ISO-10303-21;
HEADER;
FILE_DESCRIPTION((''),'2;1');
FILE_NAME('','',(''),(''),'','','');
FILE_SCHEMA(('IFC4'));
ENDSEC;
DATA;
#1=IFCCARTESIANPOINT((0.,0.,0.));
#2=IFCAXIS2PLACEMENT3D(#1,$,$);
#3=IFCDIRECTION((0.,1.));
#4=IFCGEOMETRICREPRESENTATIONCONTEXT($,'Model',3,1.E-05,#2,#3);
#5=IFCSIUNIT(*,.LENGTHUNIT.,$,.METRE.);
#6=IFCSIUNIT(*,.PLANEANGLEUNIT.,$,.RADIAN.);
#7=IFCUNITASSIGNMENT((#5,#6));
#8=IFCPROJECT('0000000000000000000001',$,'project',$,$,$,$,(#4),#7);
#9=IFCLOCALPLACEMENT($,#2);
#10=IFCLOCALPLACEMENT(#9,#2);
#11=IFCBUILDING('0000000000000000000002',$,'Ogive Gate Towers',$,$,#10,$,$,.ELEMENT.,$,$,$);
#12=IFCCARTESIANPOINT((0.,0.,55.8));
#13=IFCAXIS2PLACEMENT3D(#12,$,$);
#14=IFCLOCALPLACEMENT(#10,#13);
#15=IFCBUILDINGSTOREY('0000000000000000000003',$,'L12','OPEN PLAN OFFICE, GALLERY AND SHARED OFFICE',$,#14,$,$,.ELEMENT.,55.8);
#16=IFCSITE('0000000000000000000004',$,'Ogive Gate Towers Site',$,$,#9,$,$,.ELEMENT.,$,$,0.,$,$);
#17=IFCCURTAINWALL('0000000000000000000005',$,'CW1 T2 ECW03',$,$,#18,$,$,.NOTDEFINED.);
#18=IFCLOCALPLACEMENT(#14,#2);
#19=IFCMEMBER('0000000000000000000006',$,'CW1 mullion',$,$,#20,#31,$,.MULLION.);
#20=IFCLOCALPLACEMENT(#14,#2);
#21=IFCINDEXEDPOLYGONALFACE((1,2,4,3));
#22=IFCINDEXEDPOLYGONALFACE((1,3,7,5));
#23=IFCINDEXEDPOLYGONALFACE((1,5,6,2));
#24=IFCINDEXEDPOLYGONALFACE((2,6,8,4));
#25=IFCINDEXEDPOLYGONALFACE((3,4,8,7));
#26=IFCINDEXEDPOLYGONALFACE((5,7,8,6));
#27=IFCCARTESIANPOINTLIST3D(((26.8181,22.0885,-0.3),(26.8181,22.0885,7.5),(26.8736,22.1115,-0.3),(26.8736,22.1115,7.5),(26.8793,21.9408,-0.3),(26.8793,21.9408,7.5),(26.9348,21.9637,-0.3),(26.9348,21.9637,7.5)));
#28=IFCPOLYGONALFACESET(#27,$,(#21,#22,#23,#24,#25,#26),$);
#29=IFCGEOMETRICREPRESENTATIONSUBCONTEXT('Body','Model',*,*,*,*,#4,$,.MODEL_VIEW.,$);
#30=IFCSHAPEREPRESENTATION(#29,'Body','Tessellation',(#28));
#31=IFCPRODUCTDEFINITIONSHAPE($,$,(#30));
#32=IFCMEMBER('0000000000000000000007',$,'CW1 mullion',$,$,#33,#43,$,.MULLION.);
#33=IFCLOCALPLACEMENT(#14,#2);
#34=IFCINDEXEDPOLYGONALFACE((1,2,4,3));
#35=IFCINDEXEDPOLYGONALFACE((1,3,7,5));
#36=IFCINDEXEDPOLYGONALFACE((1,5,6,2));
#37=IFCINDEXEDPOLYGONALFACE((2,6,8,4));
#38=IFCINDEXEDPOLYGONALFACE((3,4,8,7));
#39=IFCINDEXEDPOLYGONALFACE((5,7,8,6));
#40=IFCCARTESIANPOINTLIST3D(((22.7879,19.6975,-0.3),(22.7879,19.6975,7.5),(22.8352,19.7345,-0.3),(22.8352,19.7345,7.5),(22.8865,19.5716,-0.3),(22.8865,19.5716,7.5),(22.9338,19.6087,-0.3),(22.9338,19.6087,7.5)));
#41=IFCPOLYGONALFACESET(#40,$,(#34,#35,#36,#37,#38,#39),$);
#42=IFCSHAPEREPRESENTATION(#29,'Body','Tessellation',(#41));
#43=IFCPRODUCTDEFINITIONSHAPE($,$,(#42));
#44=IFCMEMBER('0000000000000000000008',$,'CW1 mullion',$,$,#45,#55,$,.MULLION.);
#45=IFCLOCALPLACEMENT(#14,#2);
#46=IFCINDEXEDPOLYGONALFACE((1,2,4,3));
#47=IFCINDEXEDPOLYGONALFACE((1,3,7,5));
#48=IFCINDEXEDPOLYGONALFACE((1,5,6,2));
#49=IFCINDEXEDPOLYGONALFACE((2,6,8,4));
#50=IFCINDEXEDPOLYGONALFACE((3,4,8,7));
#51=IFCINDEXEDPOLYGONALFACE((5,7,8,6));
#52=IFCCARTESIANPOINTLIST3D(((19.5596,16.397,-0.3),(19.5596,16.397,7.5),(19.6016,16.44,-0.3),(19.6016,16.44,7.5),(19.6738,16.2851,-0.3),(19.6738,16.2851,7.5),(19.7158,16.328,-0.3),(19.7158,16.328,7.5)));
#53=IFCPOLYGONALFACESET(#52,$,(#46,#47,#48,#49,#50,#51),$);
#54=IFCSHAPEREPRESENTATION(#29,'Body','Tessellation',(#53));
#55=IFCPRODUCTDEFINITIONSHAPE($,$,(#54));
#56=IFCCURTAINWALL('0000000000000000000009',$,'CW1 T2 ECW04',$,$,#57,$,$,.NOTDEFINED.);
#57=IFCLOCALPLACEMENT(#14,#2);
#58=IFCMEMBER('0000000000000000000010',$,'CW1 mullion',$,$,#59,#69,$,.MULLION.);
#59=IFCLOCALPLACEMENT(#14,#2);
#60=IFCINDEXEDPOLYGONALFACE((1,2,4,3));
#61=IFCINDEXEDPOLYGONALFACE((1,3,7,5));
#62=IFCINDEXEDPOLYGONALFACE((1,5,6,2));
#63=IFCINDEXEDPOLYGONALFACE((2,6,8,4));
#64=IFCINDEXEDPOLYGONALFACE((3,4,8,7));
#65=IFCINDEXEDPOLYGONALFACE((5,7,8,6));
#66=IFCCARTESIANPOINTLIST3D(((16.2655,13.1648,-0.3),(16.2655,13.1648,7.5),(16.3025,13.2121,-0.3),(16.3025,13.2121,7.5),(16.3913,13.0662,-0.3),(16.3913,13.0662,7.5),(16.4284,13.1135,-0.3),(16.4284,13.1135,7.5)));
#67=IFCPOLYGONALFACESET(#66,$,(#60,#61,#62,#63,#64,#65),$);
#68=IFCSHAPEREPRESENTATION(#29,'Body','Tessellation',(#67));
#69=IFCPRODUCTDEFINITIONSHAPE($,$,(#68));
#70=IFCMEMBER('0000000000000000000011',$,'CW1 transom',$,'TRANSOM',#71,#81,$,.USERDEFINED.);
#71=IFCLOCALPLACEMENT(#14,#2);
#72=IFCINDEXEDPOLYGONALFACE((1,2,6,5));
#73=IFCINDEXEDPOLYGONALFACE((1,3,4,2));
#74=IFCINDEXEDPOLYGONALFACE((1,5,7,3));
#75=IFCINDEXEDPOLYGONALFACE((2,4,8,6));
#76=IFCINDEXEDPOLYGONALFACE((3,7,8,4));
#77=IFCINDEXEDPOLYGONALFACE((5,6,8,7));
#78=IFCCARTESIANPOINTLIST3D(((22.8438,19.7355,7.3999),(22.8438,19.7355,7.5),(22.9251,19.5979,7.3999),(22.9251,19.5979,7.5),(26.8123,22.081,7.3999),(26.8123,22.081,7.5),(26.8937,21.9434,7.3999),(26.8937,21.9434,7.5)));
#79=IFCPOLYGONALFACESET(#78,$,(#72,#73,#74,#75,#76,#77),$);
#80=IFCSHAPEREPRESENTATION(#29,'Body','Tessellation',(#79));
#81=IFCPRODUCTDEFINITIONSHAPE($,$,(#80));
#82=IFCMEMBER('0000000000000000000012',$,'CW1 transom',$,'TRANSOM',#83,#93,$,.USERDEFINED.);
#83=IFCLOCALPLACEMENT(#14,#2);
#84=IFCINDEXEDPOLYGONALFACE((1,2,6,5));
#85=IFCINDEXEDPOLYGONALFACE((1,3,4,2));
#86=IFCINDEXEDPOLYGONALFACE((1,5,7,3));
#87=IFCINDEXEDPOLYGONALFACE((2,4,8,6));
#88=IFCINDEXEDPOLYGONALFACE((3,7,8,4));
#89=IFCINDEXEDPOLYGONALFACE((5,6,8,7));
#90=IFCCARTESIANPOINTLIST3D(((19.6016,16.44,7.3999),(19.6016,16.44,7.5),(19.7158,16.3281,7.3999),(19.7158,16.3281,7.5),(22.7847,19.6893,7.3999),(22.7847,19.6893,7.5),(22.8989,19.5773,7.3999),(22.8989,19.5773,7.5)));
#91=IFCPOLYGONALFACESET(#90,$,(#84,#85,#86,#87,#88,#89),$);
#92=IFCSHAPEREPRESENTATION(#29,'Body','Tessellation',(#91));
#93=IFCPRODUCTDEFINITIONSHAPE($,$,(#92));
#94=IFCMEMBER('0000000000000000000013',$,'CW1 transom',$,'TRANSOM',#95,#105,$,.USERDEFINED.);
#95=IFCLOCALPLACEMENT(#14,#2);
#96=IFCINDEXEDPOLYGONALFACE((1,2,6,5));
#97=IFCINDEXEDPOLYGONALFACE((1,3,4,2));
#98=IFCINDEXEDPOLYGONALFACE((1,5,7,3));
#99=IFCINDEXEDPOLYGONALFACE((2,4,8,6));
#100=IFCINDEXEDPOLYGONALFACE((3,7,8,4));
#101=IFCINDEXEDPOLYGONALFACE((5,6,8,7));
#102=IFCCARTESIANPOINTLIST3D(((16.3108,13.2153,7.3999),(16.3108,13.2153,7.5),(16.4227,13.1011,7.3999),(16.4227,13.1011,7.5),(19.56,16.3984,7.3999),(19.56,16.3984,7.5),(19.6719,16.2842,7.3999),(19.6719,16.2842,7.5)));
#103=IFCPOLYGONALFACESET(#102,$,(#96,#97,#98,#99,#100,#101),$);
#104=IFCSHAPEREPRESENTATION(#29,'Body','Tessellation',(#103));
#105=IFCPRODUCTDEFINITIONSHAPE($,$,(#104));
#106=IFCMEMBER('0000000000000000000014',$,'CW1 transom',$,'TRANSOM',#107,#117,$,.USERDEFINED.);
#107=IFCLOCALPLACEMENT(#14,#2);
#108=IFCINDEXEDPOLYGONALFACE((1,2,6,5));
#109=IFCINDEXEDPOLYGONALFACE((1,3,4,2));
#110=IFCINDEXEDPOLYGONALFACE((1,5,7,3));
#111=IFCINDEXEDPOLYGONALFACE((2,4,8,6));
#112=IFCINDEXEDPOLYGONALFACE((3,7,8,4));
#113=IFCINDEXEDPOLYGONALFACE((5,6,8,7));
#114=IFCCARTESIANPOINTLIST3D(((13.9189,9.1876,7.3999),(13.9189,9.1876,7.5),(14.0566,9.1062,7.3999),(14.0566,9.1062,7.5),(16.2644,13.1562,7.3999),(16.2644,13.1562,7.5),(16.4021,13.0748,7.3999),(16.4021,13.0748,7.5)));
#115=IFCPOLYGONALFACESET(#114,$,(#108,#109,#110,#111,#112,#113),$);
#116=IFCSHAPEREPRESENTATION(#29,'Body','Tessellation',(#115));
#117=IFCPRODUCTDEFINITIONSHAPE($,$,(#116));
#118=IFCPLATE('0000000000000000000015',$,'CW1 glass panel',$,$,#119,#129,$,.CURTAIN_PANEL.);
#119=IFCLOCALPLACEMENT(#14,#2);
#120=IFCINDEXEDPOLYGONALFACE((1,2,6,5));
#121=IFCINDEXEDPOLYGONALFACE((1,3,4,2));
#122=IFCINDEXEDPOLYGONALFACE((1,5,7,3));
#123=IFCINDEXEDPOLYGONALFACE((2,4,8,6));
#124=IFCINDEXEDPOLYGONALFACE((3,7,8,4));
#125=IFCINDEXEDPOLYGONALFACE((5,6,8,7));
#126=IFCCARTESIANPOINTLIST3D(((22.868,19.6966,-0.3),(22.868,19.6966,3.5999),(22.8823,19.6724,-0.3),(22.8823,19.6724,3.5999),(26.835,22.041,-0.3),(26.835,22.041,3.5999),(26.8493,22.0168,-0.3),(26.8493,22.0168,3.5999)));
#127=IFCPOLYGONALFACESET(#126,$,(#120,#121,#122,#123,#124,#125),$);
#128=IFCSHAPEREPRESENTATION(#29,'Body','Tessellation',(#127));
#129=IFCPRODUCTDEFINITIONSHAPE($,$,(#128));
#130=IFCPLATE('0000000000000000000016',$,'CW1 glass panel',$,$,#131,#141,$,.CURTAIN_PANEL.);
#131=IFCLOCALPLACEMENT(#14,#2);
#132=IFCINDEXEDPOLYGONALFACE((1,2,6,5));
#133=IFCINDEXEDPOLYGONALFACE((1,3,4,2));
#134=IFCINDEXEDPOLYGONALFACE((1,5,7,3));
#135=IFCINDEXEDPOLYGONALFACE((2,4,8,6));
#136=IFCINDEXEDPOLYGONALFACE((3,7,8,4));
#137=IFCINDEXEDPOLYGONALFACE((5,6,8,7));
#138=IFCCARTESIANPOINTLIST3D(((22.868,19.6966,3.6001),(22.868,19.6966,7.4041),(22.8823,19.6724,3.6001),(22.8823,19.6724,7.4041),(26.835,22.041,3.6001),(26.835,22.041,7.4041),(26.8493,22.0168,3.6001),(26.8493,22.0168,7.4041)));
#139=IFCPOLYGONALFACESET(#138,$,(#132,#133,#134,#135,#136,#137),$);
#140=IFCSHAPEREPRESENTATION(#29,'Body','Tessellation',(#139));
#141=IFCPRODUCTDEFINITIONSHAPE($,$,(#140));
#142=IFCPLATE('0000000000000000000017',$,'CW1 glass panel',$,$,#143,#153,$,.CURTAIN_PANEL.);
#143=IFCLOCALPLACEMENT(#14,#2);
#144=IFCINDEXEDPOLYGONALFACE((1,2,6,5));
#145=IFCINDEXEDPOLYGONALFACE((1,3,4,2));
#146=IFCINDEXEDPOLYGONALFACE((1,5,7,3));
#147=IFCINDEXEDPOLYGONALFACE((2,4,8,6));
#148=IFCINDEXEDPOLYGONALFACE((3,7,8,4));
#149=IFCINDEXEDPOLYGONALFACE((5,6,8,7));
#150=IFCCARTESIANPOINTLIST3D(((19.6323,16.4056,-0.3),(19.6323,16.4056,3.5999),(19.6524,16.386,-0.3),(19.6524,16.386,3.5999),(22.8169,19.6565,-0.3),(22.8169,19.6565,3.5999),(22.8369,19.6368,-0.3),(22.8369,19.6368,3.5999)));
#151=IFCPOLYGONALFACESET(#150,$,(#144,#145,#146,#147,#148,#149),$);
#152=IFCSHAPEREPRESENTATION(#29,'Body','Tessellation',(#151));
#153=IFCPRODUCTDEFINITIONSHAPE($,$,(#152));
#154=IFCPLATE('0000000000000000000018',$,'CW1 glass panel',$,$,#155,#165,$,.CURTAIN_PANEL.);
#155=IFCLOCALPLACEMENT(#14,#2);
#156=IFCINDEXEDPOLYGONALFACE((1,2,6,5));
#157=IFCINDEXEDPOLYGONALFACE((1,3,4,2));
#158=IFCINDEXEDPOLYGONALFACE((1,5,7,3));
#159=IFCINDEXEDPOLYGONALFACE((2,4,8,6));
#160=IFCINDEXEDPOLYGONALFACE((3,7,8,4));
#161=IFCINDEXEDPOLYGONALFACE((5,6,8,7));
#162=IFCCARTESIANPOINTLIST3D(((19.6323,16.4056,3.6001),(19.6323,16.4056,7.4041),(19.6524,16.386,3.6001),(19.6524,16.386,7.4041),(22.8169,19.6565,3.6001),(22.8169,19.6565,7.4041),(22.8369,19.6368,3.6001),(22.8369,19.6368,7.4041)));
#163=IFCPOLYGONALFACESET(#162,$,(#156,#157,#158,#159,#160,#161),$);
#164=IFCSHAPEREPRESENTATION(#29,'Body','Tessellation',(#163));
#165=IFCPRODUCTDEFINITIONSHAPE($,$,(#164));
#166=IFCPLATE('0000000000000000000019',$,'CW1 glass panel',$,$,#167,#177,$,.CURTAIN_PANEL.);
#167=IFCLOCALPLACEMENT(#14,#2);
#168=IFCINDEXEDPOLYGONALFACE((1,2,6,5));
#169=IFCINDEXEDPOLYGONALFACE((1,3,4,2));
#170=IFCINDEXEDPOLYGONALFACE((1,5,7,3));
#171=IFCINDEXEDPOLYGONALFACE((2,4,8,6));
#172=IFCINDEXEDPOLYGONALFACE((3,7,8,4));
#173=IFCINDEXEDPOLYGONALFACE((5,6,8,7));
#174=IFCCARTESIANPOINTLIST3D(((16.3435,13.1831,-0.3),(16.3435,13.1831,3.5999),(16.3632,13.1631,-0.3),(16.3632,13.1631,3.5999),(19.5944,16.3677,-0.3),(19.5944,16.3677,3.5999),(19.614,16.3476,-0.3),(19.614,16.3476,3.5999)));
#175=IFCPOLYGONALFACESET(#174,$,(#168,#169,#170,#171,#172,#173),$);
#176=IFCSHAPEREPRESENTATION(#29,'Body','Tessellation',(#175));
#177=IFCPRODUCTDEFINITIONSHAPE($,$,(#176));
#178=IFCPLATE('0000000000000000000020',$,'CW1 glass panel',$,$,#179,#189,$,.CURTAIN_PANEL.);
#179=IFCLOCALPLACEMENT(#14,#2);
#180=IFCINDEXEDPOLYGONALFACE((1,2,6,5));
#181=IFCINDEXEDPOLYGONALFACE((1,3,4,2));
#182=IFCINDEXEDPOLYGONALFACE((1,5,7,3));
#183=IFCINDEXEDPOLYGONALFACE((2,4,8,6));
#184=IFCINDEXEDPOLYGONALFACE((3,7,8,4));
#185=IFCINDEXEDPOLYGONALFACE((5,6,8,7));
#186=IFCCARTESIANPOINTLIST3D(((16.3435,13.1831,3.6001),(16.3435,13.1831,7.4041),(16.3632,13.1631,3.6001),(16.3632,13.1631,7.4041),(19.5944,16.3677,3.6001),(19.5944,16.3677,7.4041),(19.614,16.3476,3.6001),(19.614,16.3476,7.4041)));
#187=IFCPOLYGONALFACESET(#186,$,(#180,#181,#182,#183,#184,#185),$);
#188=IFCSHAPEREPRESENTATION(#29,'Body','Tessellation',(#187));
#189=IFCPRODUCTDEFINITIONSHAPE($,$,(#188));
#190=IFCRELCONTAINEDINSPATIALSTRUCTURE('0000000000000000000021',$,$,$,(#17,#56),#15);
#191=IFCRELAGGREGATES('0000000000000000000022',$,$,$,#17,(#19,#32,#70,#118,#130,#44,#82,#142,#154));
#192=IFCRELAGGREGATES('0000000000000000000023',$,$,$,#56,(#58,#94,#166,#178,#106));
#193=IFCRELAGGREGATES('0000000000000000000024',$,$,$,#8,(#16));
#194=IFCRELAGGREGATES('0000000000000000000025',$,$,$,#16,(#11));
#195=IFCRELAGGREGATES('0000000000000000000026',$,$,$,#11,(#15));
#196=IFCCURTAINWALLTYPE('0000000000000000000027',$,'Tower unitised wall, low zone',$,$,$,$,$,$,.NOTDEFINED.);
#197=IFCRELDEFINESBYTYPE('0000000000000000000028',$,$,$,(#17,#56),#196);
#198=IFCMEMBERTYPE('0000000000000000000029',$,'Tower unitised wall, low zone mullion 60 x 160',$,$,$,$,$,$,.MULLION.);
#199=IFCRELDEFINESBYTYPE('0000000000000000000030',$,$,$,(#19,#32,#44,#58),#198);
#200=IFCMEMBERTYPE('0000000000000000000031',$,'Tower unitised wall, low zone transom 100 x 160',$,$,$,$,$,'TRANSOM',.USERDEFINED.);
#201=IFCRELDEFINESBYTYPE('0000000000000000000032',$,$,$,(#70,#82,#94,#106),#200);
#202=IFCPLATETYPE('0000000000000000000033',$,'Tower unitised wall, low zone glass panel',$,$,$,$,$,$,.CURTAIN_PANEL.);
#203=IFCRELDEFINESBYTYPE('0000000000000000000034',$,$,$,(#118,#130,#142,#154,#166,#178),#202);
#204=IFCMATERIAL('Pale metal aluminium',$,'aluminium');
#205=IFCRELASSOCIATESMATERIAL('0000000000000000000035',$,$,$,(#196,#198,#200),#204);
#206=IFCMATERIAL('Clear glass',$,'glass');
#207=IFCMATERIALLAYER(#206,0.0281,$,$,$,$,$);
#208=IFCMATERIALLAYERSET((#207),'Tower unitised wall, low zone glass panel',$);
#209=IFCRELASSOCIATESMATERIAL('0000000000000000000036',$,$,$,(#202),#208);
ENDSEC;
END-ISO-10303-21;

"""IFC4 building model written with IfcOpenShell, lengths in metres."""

from ifc_helpers import new_model, si_unit, direction, frame, origin, origin_2d, place, context, subcontext, project, spatial, rectangle, extrude, material, layer, layer_set, material_profile, profile_set, type_object, element, aggregate, save


model = new_model("IFC4")

# Units and contexts
model_context = context("Model", 3, precision=1e-05, world=origin(), true_north=direction((0.0, 1.0)))
body_context = subcontext(model_context, "Body", "Model", "MODEL_VIEW")
ifc_project = project(units=[si_unit("LENGTHUNIT", "METRE"), si_unit("PLANEANGLEUNIT", "RADIAN")], contexts=[model_context])

# Site, building, storey
site_placement = place(None, origin())
site = spatial("IfcSite", under=ifc_project, at=site_placement, Name="Ogive Gate Towers Site", CompositionType="ELEMENT", RefElevation=0.0)
building_placement = place(site_placement, origin())
building = spatial("IfcBuilding", under=site, at=building_placement, Name="Ogive Gate Towers", CompositionType="ELEMENT")
storey_placement = place(building_placement, frame((0.0, 0.0, 55.8)))
storey = spatial("IfcBuildingStorey", under=building, at=storey_placement, Name="L12", Description="OPEN PLAN OFFICE, GALLERY AND SHARED OFFICE", CompositionType="ELEMENT", Elevation=55.8)

# Curtain wall, members
ifc_material_1 = material(Name="Pale metal aluminium", Category="aluminium")
curtain_wall_type = type_object("IfcCurtainWallType", Name="Tower unitised wall, low zone", PredefinedType="NOTDEFINED", material=ifc_material_1)
curtain_wall_1_placement = place(storey_placement, origin())
curtain_wall_1 = element("IfcCurtainWall", 1, at=curtain_wall_1_placement, inside=storey, type_object=curtain_wall_type, Name="CW1 T2 ECW03", PredefinedType="NOTDEFINED")
ifc_material_profile_1 = material_profile(ifc_material_1, rectangle(XDim=0.1599, YDim=0.0601, at=origin_2d()), Name="60 x 160 aluminium box")
ifc_profile_set_1 = profile_set([ifc_material_profile_1], Name="Pale metal aluminium")
member_type_1 = type_object("IfcMemberType", Name="Tower unitised wall, low zone mullion 60 x 160", PredefinedType="MULLION", material=ifc_profile_set_1)
member_1_placement = place(storey_placement, frame((26.8765, 22.0261, -0.3), z_axis=(0.0, 0.0, 1.0), x_axis=(-0.382683, 0.92388, 0.0)))
member_1 = element("IfcMember", 2, at=member_1_placement, type_object=member_type_1, Name="CW1 mullion", PredefinedType="MULLION", context=body_context, shape_type="SweptSolid", body=[
    extrude(rectangle(XDim=0.1599, YDim=0.0601, at=origin_2d()), origin(), (0.0, 0.0, 1.0), 7.8),
])
member_2_placement = place(storey_placement, frame((22.8608, 19.6531, -0.3), z_axis=(0.0, 0.0, 1.0), x_axis=(-0.616844, 0.787086, 0.0)))
member_2 = element("IfcMember", 3, at=member_2_placement, type_object=member_type_1, Name="CW1 mullion", PredefinedType="MULLION", context=body_context, shape_type="SweptSolid", body=[
    extrude(rectangle(XDim=0.1599, YDim=0.0601, at=origin_2d()), origin(), (0.0, 0.0, 1.0), 7.8),
])
member_3_placement = place(storey_placement, frame((19.6377, 16.3625, -0.3), z_axis=(0.0, 0.0, 1.0), x_axis=(-0.714351, 0.699788, 0.0)))
member_3 = element("IfcMember", 4, at=member_3_placement, type_object=member_type_1, Name="CW1 mullion", PredefinedType="MULLION", context=body_context, shape_type="SweptSolid", body=[
    extrude(rectangle(XDim=0.1599, YDim=0.0601, at=origin_2d()), origin(), (0.0, 0.0, 1.0), 7.8),
])

# Curtain wall, member
curtain_wall_2_placement = place(storey_placement, origin())
curtain_wall_2 = element("IfcCurtainWall", 5, at=curtain_wall_2_placement, inside=storey, type_object=curtain_wall_type, Name="CW1 T2 ECW04", PredefinedType="NOTDEFINED")
member_4_placement = place(storey_placement, frame((16.3469, 13.1392, -0.3), z_axis=(0.0, 0.0, 1.0), x_axis=(-0.787086, 0.616844, 0.0)))
member_4 = element("IfcMember", 6, at=member_4_placement, type_object=member_type_1, Name="CW1 mullion", PredefinedType="MULLION", context=body_context, shape_type="SweptSolid", body=[
    extrude(rectangle(XDim=0.1599, YDim=0.0601, at=origin_2d()), origin(), (0.0, 0.0, 1.0), 7.8),
])

# Members
ifc_material_profile_2 = material_profile(ifc_material_1, rectangle(XDim=0.1599, YDim=0.1001, at=origin_2d()), Name="100 x 160 aluminium box")
ifc_profile_set_2 = profile_set([ifc_material_profile_2], Name="Pale metal aluminium")
member_type_2 = type_object("IfcMemberType", Name="Tower unitised wall, low zone transom 100 x 160", ElementType="TRANSOM", PredefinedType="USERDEFINED", material=ifc_profile_set_2)
member_5_placement = place(storey_placement, frame((26.853, 22.0122, 7.45), z_axis=(-0.860885, -0.508799, 0.0), x_axis=(0.508799, -0.860885, 0.0)))
member_5 = element("IfcMember", 7, at=member_5_placement, type_object=member_type_2, Name="CW1 transom", ObjectType="TRANSOM", PredefinedType="USERDEFINED", context=body_context, shape_type="SweptSolid", body=[
    extrude(rectangle(XDim=0.1599, YDim=0.1001, at=origin_2d()), origin(), (0.0, 0.0, 1.0), 4.6099),
])
member_6_placement = place(storey_placement, frame((22.8418, 19.6333, 7.45), z_axis=(-0.699797, -0.714342, 0.0), x_axis=(0.714342, -0.699797, 0.0)))
member_6 = element("IfcMember", 8, at=member_6_placement, type_object=member_type_2, Name="CW1 transom", ObjectType="TRANSOM", PredefinedType="USERDEFINED", context=body_context, shape_type="SweptSolid", body=[
    extrude(rectangle(XDim=0.1599, YDim=0.1001, at=origin_2d()), origin(), (0.0, 0.0, 1.0), 4.5486),
])
member_7_placement = place(storey_placement, frame((19.616, 16.3413, 7.45), z_axis=(-0.714342, -0.699797, 0.0), x_axis=(0.699797, -0.714342, 0.0)))
member_7 = element("IfcMember", 9, at=member_7_placement, type_object=member_type_2, Name="CW1 transom", ObjectType="TRANSOM", PredefinedType="USERDEFINED", context=body_context, shape_type="SweptSolid", body=[
    extrude(rectangle(XDim=0.1599, YDim=0.1001, at=origin_2d()), origin(), (0.0, 0.0, 1.0), 4.5486),
])
member_8_placement = place(storey_placement, frame((16.3333, 13.1155, 7.45), z_axis=(-0.508799, -0.860885, 0.0), x_axis=(0.860885, -0.508799, 0.0)))
member_8 = element("IfcMember", 10, at=member_8_placement, type_object=member_type_2, Name="CW1 transom", ObjectType="TRANSOM", PredefinedType="USERDEFINED", context=body_context, shape_type="SweptSolid", body=[
    extrude(rectangle(XDim=0.1599, YDim=0.1001, at=origin_2d()), origin(), (0.0, 0.0, 1.0), 4.6099),
])

# Plates
ifc_material_2 = material(Name="Clear glass", Category="glass")
ifc_layer_1 = layer(ifc_material_2, 0.0281)
ifc_layer_set_1 = layer_set([ifc_layer_1], Name="Tower unitised wall, low zone glass panel")
plate_type = type_object("IfcPlateType", Name="Tower unitised wall, low zone glass panel", PredefinedType="CURTAIN_PANEL", material=ifc_layer_set_1)
plate_1_placement = place(storey_placement, frame((24.8586, 20.8567, -0.3), z_axis=(0.0, 0.0, 1.0), x_axis=(-0.860902, -0.508771, 0.0)))
plate_1 = element("IfcPlate", 11, at=plate_1_placement, type_object=plate_type, Name="CW1 glass panel", PredefinedType="CURTAIN_PANEL", context=body_context, shape_type="SweptSolid", body=[
    extrude(rectangle(XDim=4.6079, YDim=0.0281, at=origin_2d()), origin(), (0.0, 0.0, 1.0), 3.8999),
])
plate_2_placement = place(storey_placement, frame((24.8586, 20.8567, 3.6001), z_axis=(0.0, 0.0, 1.0), x_axis=(-0.860902, -0.508771, 0.0)))
plate_2 = element("IfcPlate", 12, at=plate_2_placement, type_object=plate_type, Name="CW1 glass panel", PredefinedType="CURTAIN_PANEL", context=body_context, shape_type="SweptSolid", body=[
    extrude(rectangle(XDim=4.6079, YDim=0.0281, at=origin_2d()), origin(), (0.0, 0.0, 1.0), 3.804),
])
plate_3_placement = place(storey_placement, frame((21.2346, 18.0212, -0.3), z_axis=(0.0, 0.0, 1.0), x_axis=(-0.699788, -0.714351, 0.0)))
plate_3 = element("IfcPlate", 13, at=plate_3_placement, type_object=plate_type, Name="CW1 glass panel", PredefinedType="CURTAIN_PANEL", context=body_context, shape_type="SweptSolid", body=[
    extrude(rectangle(XDim=4.5508, YDim=0.0281, at=origin_2d()), origin(), (0.0, 0.0, 1.0), 3.8999),
])
plate_4_placement = place(storey_placement, frame((21.2346, 18.0212, 3.6001), z_axis=(0.0, 0.0, 1.0), x_axis=(-0.699788, -0.714351, 0.0)))
plate_4 = element("IfcPlate", 14, at=plate_4_placement, type_object=plate_type, Name="CW1 glass panel", PredefinedType="CURTAIN_PANEL", context=body_context, shape_type="SweptSolid", body=[
    extrude(rectangle(XDim=4.5508, YDim=0.0281, at=origin_2d()), origin(), (0.0, 0.0, 1.0), 3.804),
])
aggregate(curtain_wall_1, [member_1, member_2, member_5, plate_1, plate_2, member_3, member_6, plate_3, plate_4])
plate_5_placement = place(storey_placement, frame((17.9788, 14.7654, -0.3), z_axis=(0.0, 0.0, 1.0), x_axis=(-0.714351, -0.699788, 0.0)))
plate_5 = element("IfcPlate", 15, at=plate_5_placement, type_object=plate_type, Name="CW1 glass panel", PredefinedType="CURTAIN_PANEL", context=body_context, shape_type="SweptSolid", body=[
    extrude(rectangle(XDim=4.5508, YDim=0.0281, at=origin_2d()), origin(), (0.0, 0.0, 1.0), 3.8999),
])
plate_6_placement = place(storey_placement, frame((17.9788, 14.7654, 3.6001), z_axis=(0.0, 0.0, 1.0), x_axis=(-0.714351, -0.699788, 0.0)))
plate_6 = element("IfcPlate", 16, at=plate_6_placement, type_object=plate_type, Name="CW1 glass panel", PredefinedType="CURTAIN_PANEL", context=body_context, shape_type="SweptSolid", body=[
    extrude(rectangle(XDim=4.5508, YDim=0.0281, at=origin_2d()), origin(), (0.0, 0.0, 1.0), 3.804),
])
aggregate(curtain_wall_2, [member_4, member_7, plate_5, plate_6, member_8])

save(model, "model.ifc")
